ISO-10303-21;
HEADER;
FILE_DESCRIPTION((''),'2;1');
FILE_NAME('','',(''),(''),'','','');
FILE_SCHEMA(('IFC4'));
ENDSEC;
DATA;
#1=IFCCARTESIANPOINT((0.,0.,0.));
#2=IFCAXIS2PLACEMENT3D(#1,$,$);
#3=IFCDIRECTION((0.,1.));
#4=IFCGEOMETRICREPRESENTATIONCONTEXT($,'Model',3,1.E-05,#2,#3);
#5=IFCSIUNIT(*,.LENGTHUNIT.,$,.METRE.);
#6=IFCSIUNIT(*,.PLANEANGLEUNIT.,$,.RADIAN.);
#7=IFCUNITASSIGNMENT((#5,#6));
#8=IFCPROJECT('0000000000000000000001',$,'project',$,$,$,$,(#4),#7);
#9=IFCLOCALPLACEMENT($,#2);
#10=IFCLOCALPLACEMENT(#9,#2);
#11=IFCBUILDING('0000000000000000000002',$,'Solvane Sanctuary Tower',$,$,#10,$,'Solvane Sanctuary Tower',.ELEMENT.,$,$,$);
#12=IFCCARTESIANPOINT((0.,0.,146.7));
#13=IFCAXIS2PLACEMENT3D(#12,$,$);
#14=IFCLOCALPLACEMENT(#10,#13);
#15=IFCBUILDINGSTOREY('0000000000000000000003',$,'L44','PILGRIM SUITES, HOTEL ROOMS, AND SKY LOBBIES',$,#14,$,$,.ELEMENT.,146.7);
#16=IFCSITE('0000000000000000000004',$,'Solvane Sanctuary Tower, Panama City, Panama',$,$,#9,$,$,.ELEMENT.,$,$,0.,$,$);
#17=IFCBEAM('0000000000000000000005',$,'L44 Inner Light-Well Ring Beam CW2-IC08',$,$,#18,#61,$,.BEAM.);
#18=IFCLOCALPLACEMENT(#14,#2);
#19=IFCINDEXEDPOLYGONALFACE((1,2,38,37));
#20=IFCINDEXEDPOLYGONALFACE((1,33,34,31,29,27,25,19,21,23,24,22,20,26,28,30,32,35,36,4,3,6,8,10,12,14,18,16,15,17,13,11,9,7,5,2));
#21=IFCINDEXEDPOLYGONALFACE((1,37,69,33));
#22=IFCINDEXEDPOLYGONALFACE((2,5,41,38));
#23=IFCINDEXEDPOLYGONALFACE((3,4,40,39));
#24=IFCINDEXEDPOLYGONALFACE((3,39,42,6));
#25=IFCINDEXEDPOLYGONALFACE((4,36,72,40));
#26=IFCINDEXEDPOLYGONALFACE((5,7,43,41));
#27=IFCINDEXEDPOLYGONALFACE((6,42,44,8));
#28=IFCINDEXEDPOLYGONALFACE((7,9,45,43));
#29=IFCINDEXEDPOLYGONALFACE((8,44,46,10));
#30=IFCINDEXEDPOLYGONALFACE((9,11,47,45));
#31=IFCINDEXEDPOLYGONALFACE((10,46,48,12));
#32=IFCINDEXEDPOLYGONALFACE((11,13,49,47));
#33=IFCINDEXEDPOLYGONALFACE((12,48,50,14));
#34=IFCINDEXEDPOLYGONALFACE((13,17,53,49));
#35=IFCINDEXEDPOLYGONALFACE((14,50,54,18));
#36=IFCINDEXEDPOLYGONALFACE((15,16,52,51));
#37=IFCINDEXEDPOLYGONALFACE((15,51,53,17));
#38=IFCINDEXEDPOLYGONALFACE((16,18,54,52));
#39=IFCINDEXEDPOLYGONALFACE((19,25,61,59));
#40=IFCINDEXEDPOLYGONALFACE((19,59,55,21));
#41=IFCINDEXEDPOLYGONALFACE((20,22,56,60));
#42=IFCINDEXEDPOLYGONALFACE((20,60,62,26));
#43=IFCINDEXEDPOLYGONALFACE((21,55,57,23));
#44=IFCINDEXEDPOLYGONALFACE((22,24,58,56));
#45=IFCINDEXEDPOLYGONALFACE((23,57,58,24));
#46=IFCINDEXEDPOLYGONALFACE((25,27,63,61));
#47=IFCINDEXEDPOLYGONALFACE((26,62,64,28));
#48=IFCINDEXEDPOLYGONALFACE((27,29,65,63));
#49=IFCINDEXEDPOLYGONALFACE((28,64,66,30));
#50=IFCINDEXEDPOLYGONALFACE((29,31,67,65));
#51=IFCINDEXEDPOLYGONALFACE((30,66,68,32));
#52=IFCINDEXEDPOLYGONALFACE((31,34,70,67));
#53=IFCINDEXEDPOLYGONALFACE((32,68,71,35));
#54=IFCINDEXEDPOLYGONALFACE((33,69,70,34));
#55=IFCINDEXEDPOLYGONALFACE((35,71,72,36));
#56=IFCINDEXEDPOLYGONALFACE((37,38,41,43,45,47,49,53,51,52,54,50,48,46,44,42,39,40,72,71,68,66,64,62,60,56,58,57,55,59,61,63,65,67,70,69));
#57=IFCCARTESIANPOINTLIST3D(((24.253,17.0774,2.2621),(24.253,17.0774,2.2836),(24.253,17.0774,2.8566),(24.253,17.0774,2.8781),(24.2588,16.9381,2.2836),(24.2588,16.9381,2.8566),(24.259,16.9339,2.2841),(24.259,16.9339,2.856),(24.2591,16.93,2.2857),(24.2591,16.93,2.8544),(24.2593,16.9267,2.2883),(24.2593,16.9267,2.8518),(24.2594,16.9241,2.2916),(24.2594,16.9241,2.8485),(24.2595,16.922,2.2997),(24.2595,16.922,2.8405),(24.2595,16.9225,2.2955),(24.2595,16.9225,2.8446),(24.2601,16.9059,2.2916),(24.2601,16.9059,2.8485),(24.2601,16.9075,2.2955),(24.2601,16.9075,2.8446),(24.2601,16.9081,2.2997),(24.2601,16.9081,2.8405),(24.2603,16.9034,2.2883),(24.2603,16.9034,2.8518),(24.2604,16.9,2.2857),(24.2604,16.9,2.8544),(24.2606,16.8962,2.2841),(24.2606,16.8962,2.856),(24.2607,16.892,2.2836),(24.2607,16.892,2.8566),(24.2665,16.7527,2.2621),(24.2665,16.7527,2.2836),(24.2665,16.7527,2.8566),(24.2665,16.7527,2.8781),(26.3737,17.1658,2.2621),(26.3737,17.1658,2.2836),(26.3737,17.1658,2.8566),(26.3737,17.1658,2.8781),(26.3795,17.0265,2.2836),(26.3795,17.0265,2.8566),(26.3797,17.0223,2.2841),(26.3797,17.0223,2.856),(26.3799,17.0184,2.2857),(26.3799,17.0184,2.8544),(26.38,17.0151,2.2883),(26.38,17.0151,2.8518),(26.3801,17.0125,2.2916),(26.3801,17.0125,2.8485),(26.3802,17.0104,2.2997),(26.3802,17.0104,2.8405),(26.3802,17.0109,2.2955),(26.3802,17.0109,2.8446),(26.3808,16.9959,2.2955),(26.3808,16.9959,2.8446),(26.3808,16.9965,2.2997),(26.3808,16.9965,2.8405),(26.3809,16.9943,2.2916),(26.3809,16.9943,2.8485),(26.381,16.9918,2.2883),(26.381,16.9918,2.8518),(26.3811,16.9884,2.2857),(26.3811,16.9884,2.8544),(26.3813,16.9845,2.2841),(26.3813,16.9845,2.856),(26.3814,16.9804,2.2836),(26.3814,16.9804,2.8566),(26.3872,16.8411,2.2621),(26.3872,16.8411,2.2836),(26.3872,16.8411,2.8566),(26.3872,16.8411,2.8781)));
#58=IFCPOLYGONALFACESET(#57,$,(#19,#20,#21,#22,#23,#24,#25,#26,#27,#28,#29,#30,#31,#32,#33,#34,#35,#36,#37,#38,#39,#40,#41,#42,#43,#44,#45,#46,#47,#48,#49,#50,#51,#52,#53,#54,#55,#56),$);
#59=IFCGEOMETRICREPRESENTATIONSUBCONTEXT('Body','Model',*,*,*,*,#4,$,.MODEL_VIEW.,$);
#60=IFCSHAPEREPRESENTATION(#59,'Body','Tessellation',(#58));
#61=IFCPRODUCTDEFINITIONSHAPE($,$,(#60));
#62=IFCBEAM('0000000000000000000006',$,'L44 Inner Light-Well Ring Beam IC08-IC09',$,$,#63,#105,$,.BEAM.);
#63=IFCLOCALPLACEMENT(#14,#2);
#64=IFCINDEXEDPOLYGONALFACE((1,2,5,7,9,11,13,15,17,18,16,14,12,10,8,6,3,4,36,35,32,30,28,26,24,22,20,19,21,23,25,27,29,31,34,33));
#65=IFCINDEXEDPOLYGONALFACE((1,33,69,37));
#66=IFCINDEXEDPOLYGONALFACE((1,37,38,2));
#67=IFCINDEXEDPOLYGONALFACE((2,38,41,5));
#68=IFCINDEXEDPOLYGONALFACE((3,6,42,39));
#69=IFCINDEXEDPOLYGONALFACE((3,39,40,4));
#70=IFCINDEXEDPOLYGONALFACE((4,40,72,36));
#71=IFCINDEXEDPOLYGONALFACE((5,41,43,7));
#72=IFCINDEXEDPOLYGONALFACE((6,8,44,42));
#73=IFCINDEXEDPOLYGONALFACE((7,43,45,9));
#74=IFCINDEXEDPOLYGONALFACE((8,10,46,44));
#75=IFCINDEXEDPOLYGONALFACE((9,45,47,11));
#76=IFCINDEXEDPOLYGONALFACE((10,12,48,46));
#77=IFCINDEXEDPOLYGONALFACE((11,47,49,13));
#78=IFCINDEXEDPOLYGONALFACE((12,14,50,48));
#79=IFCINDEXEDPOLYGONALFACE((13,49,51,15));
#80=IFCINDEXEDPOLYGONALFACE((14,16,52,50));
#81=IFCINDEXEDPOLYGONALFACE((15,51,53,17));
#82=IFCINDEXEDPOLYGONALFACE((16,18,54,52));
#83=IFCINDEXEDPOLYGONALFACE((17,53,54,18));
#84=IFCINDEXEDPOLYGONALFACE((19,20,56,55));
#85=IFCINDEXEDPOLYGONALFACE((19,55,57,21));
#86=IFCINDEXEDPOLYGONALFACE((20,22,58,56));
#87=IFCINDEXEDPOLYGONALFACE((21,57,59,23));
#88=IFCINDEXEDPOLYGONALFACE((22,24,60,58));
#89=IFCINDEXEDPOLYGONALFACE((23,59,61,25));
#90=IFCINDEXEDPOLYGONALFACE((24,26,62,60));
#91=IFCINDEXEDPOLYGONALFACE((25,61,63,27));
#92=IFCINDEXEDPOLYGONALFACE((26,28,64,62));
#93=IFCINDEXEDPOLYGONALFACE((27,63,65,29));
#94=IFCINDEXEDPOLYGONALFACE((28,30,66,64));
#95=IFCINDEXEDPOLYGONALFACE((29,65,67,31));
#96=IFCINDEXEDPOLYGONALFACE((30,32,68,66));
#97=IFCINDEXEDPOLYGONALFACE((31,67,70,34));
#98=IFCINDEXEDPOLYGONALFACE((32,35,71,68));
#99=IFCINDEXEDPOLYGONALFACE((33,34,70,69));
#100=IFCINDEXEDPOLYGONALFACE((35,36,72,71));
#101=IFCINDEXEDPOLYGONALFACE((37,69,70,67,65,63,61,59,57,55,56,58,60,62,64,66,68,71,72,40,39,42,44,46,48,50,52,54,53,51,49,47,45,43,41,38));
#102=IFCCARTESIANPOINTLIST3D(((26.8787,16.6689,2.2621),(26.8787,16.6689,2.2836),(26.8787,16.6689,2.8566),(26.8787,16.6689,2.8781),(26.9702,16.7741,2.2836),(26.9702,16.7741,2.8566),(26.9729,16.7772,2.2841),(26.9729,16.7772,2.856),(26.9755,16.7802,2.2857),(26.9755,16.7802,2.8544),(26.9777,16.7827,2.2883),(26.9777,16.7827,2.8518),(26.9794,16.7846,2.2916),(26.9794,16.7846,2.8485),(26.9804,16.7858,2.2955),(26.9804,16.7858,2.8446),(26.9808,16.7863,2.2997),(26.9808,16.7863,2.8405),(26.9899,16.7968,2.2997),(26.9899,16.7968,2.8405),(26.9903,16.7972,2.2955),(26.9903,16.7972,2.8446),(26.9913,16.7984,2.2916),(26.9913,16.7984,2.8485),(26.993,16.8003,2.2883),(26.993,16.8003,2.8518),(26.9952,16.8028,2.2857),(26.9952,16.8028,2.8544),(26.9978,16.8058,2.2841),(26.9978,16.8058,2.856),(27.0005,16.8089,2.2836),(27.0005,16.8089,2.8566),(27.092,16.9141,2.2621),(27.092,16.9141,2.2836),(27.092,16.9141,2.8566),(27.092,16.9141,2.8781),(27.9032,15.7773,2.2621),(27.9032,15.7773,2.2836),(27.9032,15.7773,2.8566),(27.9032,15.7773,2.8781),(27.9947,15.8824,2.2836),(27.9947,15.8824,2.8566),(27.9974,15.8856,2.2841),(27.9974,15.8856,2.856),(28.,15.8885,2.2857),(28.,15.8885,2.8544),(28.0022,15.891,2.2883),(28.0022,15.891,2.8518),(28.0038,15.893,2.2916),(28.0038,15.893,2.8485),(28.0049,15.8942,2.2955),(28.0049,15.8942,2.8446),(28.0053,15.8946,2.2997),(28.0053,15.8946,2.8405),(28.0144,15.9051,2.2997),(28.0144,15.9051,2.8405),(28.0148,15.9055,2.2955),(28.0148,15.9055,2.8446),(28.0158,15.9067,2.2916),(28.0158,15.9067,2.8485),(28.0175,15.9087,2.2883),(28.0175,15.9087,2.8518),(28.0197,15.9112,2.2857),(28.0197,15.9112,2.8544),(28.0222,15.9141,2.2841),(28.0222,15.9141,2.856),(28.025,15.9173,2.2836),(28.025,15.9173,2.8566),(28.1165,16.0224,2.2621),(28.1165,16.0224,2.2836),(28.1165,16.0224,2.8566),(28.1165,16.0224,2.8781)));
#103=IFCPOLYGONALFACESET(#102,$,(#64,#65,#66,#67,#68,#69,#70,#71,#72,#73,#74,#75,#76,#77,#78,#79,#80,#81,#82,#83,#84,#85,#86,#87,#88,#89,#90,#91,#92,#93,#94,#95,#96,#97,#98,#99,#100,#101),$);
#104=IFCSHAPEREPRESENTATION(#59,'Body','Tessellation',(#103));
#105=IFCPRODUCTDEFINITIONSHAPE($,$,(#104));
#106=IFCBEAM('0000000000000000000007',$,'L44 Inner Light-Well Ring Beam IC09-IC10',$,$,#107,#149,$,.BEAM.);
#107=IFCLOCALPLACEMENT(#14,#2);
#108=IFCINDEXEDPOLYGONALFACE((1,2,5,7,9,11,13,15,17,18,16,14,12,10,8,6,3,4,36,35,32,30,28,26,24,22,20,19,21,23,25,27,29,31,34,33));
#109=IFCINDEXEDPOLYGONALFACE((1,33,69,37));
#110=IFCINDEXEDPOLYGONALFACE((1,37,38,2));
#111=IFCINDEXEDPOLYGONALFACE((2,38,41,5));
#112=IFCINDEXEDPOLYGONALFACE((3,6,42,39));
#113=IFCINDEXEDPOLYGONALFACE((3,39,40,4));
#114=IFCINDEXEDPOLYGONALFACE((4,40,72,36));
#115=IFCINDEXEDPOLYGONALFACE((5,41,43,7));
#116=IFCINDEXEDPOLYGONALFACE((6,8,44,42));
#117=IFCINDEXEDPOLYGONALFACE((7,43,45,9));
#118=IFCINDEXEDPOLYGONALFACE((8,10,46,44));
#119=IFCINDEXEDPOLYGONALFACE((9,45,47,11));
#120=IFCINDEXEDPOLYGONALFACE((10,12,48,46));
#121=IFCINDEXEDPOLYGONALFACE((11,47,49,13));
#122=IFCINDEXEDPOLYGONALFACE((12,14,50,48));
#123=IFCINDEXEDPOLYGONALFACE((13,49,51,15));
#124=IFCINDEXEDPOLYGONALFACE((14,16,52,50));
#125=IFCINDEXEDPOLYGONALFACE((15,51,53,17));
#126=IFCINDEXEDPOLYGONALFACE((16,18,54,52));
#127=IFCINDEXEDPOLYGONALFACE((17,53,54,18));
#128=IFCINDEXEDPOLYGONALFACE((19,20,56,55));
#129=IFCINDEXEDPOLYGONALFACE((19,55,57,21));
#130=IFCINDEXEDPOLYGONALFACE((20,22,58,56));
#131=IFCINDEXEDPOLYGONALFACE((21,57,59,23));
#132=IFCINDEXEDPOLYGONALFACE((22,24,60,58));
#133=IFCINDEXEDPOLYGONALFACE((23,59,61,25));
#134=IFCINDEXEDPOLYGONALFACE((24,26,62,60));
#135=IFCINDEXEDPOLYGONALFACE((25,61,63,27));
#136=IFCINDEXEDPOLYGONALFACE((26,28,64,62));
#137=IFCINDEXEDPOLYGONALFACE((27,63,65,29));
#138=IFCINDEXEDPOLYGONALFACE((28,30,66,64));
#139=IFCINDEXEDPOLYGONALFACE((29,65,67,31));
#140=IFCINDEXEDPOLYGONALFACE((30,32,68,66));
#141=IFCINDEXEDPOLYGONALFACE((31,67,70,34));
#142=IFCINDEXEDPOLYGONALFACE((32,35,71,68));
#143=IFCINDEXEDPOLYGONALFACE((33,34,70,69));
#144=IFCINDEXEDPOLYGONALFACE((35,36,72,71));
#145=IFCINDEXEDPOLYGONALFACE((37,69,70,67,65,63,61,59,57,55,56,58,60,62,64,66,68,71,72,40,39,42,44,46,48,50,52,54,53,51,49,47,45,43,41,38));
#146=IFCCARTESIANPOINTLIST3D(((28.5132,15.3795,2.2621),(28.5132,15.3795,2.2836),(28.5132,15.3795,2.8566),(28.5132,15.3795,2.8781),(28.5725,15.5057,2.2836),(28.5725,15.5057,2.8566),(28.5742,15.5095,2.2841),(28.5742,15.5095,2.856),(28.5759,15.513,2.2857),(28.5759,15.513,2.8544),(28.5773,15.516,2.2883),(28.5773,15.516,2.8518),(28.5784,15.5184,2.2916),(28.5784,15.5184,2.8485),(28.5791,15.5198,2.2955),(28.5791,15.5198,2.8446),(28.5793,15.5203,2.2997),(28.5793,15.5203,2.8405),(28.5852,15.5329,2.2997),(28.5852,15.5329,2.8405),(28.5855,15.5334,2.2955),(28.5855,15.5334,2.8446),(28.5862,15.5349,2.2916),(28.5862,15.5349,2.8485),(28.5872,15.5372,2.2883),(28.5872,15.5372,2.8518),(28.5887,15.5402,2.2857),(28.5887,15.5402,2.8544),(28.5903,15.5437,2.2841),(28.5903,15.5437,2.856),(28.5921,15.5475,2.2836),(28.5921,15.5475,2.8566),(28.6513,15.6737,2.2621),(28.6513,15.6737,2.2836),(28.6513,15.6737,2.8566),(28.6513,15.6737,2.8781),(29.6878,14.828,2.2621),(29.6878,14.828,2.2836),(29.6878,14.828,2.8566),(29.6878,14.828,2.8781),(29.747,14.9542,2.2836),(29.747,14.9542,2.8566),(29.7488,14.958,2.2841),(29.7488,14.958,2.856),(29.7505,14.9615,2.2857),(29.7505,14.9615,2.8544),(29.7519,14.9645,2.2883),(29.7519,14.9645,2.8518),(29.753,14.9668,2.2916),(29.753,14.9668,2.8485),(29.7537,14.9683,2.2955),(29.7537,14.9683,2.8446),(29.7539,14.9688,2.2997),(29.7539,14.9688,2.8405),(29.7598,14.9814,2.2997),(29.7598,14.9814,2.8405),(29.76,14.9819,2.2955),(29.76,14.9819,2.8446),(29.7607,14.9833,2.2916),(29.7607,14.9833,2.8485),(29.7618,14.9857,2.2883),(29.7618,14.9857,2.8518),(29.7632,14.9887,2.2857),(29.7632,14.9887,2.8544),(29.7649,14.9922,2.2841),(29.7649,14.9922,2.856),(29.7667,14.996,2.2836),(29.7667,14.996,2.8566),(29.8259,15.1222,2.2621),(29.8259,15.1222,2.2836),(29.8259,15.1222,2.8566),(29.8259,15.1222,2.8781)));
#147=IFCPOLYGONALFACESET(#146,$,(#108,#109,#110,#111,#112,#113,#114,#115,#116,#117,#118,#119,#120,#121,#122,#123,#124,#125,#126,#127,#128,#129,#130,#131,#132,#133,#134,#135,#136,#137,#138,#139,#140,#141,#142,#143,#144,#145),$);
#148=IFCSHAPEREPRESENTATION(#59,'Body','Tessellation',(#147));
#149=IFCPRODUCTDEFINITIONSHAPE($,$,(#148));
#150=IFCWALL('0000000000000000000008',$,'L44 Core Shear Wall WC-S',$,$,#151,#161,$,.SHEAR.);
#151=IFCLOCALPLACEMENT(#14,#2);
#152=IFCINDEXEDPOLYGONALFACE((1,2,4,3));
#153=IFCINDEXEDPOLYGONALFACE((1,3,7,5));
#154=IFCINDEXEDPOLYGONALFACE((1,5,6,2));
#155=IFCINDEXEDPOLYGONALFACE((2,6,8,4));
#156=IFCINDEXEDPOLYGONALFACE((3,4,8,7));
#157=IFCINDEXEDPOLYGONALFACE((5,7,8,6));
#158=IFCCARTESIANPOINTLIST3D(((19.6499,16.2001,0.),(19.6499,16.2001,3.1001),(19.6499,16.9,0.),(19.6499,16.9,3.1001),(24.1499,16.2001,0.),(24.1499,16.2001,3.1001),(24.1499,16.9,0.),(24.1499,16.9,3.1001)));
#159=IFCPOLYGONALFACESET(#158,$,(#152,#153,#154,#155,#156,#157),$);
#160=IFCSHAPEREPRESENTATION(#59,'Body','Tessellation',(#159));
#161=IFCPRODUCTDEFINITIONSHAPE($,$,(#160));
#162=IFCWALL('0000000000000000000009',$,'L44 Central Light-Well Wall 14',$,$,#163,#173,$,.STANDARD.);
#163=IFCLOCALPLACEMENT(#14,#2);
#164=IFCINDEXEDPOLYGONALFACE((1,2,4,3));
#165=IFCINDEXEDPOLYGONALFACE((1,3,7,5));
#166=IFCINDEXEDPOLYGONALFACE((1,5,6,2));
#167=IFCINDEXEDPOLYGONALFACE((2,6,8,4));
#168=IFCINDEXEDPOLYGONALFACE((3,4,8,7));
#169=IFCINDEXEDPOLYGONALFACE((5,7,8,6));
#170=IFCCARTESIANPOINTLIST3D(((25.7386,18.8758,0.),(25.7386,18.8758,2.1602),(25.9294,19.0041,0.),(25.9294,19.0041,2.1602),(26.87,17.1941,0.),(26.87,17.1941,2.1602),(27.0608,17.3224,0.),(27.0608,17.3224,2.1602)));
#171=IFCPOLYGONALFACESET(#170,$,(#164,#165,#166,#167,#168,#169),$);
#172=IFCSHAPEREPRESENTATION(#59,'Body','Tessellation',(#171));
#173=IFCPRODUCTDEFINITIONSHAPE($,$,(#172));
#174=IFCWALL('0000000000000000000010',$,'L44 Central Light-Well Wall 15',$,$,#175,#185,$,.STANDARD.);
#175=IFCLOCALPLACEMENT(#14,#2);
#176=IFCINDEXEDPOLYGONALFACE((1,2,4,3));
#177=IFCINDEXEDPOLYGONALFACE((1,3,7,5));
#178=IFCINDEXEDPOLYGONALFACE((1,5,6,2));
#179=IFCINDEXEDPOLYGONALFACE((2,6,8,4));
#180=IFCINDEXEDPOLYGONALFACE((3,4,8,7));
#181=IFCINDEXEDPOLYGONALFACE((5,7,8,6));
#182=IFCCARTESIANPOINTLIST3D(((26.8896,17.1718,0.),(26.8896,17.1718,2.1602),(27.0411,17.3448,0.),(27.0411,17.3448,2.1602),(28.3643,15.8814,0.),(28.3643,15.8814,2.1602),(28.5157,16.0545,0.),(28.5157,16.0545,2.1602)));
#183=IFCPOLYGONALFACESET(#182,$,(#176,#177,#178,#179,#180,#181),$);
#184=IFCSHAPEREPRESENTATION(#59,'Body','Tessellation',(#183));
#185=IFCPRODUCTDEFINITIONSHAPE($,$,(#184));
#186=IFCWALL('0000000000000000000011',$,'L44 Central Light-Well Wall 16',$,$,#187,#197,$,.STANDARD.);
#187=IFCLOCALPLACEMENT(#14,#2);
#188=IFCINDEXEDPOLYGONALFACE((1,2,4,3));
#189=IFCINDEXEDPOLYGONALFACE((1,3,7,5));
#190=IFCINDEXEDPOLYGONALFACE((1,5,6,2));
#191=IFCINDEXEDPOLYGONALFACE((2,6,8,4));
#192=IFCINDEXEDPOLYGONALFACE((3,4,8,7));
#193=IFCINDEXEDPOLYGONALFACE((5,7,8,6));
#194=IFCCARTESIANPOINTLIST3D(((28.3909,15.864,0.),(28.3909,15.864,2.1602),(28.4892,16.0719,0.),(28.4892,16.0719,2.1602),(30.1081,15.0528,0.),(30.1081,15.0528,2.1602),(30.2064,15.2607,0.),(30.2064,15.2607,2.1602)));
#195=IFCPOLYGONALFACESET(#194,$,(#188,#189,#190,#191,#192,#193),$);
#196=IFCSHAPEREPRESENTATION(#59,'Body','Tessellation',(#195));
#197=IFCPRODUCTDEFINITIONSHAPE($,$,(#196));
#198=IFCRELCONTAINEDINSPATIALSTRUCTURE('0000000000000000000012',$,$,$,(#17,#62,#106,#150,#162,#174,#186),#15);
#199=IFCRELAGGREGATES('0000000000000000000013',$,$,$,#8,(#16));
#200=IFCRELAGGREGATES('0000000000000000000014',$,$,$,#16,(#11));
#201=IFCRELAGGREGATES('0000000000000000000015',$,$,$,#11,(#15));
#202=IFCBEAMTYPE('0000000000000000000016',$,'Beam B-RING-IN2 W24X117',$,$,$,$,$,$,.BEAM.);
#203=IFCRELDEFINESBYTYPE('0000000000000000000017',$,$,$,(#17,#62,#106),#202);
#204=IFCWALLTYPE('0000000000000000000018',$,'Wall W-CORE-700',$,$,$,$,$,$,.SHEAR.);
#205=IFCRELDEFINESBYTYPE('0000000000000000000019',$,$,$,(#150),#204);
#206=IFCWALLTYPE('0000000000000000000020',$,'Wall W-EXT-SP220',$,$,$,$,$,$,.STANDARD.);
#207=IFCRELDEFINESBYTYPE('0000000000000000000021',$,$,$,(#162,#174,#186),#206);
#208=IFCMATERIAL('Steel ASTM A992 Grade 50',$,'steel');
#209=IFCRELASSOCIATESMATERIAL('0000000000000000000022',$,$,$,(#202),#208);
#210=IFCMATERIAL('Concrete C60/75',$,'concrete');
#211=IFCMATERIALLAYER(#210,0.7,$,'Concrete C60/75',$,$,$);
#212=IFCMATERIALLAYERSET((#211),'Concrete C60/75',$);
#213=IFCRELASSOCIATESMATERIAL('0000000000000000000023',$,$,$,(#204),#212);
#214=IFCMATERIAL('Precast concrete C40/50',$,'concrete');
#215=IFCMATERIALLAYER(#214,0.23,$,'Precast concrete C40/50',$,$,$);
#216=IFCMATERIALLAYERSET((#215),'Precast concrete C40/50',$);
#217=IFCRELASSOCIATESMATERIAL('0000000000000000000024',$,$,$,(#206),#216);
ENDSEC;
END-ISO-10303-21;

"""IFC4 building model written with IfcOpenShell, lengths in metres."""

from ifc_helpers import new_model, si_unit, direction, frame, frame_2d, origin, origin_2d, place, context, subcontext, project, spatial, rectangle, i_section, extrude, material, layer, layer_set, material_profile, profile_set, type_object, element, save


model = new_model("IFC4")

# Units and contexts
model_context = context("Model", 3, precision=1e-05, world=origin(), true_north=direction((0.0, 1.0)))
body_context = subcontext(model_context, "Body", "Model", "MODEL_VIEW")
ifc_project = project(units=[si_unit("LENGTHUNIT", "METRE"), si_unit("PLANEANGLEUNIT", "RADIAN")], contexts=[model_context])

# Site, building, storey
site_placement = place(None, origin())
site = spatial("IfcSite", under=ifc_project, at=site_placement, Name="Solvane Sanctuary Tower, Panama City, Panama", CompositionType="ELEMENT", RefElevation=0.0)
building_placement = place(site_placement, origin())
building = spatial("IfcBuilding", under=site, at=building_placement, Name="Solvane Sanctuary Tower", LongName="Solvane Sanctuary Tower", CompositionType="ELEMENT")
storey_placement = place(building_placement, frame((0.0, 0.0, 146.7)))
storey = spatial("IfcBuildingStorey", under=building, at=storey_placement, Name="L44", Description="PILGRIM SUITES, HOTEL ROOMS, AND SKY LOBBIES", CompositionType="ELEMENT", Elevation=146.7)

# Beams
ifc_material_1 = material(Name="Steel ASTM A992 Grade 50", Category="steel")
ifc_material_profile_1 = material_profile(ifc_material_1, i_section(OverallWidth=0.325, OverallDepth=0.616, WebThickness=0.0139, FlangeThickness=0.0215, FilletRadius=0.0161, at=origin_2d()), Name="W24X117")
ifc_profile_set_1 = profile_set([ifc_material_profile_1], Name="Steel ASTM A992 Grade 50")
beam_type_1 = type_object("IfcBeamType", Name="Beam B-RING-IN2 W24X117", PredefinedType="BEAM", material=ifc_profile_set_1)
beam_1_placement = place(storey_placement, frame((24.2598, 16.915, 2.5701), z_axis=(0.999133, 0.04164, 0.0), x_axis=(-0.04164, 0.999133, 0.0)))
element("IfcBeam", 1, at=beam_1_placement, inside=storey, type_object=beam_type_1, Name="L44 Inner Light-Well Ring Beam CW2-IC08", PredefinedType="BEAM", context=body_context, shape_type="SweptSolid", body=[
    extrude(i_section(OverallWidth=0.325, OverallDepth=0.616, WebThickness=0.0139, FlangeThickness=0.0215, FilletRadius=0.0161, at=origin_2d()), origin(), (0.0, 0.0, 1.0), 2.1226),
])
beam_2_placement = place(storey_placement, frame((26.9854, 16.7915, 2.5701), z_axis=(0.754311, -0.656517, 0.0), x_axis=(0.656517, 0.754311, 0.0)))
element("IfcBeam", 2, at=beam_2_placement, inside=storey, type_object=beam_type_1, Name="L44 Inner Light-Well Ring Beam IC08-IC09", PredefinedType="BEAM", context=body_context, shape_type="SweptSolid", body=[
    extrude(i_section(OverallWidth=0.325, OverallDepth=0.616, WebThickness=0.0139, FlangeThickness=0.0215, FilletRadius=0.0161, at=origin_2d()), origin(), (0.0, 0.0, 1.0), 1.3582),
])
beam_3_placement = place(storey_placement, frame((28.5823, 15.5266, 2.5701), z_axis=(0.905181, -0.425027, 0.0), x_axis=(0.425027, 0.905181, 0.0)))
element("IfcBeam", 3, at=beam_3_placement, inside=storey, type_object=beam_type_1, Name="L44 Inner Light-Well Ring Beam IC09-IC10", PredefinedType="BEAM", context=body_context, shape_type="SweptSolid", body=[
    extrude(i_section(OverallWidth=0.325, OverallDepth=0.616, WebThickness=0.0139, FlangeThickness=0.0215, FilletRadius=0.0161, at=origin_2d()), origin(), (0.0, 0.0, 1.0), 1.2976),
])

# Walls
ifc_material_2 = material(Name="Concrete C60/75", Category="concrete")
ifc_layer_1 = layer(ifc_material_2, 0.7, Name="Concrete C60/75")
ifc_layer_set_1 = layer_set([ifc_layer_1], Name="Concrete C60/75")
wall_type_1 = type_object("IfcWallType", Name="Wall W-CORE-700", PredefinedType="SHEAR", material=ifc_layer_set_1)
wall_1_placement = place(storey_placement, frame((19.6499, 16.55, 0.0), z_axis=(0.0, 0.0, 1.0), x_axis=(1.0, 0.0, 0.0)))
element("IfcWall", 4, at=wall_1_placement, inside=storey, type_object=wall_type_1, Name="L44 Core Shear Wall WC-S", PredefinedType="SHEAR", context=body_context, shape_type="SweptSolid", body=[
    extrude(rectangle(XDim=4.5, YDim=0.7, at=frame_2d((2.25, 0.0))), origin(), (0.0, 0.0, 1.0), 3.1001),
])
ifc_material_3 = material(Name="Precast concrete C40/50", Category="concrete")
ifc_layer_2 = layer(ifc_material_3, 0.23, Name="Precast concrete C40/50")
ifc_layer_set_2 = layer_set([ifc_layer_2], Name="Precast concrete C40/50")
wall_type_2 = type_object("IfcWallType", Name="Wall W-EXT-SP220", PredefinedType="STANDARD", material=ifc_layer_set_2)
wall_2_placement = place(storey_placement, frame((25.834, 18.9399, 0.0), z_axis=(0.0, 0.0, 1.0), x_axis=(0.558198, -0.829708, 0.0)))
element("IfcWall", 5, at=wall_2_placement, inside=storey, type_object=wall_type_2, Name="L44 Central Light-Well Wall 14", PredefinedType="STANDARD", context=body_context, shape_type="SweptSolid", body=[
    extrude(rectangle(XDim=2.0269, YDim=0.23, at=frame_2d((1.0134, 0.0))), origin(), (0.0, 0.0, 1.0), 2.1602),
])
wall_3_placement = place(storey_placement, frame((26.9653, 17.2583, 0.0), z_axis=(0.0, 0.0, 1.0), x_axis=(0.752577, -0.658505, 0.0)))
element("IfcWall", 6, at=wall_3_placement, inside=storey, type_object=wall_type_2, Name="L44 Central Light-Well Wall 15", PredefinedType="STANDARD", context=body_context, shape_type="SweptSolid", body=[
    extrude(rectangle(XDim=1.9595, YDim=0.23, at=frame_2d((0.9797, 0.0))), origin(), (0.0, 0.0, 1.0), 2.1602),
])
wall_4_placement = place(storey_placement, frame((28.4399, 15.968, 0.0), z_axis=(0.0, 0.0, 1.0), x_axis=(0.90418, -0.427152, 0.0)))
element("IfcWall", 7, at=wall_4_placement, inside=storey, type_object=wall_type_2, Name="L44 Central Light-Well Wall 16", PredefinedType="STANDARD", context=body_context, shape_type="SweptSolid", body=[
    extrude(rectangle(XDim=1.8992, YDim=0.23, at=frame_2d((0.9497, 0.0))), origin(), (0.0, 0.0, 1.0), 2.1602),
])

save(model, "model.ifc")
